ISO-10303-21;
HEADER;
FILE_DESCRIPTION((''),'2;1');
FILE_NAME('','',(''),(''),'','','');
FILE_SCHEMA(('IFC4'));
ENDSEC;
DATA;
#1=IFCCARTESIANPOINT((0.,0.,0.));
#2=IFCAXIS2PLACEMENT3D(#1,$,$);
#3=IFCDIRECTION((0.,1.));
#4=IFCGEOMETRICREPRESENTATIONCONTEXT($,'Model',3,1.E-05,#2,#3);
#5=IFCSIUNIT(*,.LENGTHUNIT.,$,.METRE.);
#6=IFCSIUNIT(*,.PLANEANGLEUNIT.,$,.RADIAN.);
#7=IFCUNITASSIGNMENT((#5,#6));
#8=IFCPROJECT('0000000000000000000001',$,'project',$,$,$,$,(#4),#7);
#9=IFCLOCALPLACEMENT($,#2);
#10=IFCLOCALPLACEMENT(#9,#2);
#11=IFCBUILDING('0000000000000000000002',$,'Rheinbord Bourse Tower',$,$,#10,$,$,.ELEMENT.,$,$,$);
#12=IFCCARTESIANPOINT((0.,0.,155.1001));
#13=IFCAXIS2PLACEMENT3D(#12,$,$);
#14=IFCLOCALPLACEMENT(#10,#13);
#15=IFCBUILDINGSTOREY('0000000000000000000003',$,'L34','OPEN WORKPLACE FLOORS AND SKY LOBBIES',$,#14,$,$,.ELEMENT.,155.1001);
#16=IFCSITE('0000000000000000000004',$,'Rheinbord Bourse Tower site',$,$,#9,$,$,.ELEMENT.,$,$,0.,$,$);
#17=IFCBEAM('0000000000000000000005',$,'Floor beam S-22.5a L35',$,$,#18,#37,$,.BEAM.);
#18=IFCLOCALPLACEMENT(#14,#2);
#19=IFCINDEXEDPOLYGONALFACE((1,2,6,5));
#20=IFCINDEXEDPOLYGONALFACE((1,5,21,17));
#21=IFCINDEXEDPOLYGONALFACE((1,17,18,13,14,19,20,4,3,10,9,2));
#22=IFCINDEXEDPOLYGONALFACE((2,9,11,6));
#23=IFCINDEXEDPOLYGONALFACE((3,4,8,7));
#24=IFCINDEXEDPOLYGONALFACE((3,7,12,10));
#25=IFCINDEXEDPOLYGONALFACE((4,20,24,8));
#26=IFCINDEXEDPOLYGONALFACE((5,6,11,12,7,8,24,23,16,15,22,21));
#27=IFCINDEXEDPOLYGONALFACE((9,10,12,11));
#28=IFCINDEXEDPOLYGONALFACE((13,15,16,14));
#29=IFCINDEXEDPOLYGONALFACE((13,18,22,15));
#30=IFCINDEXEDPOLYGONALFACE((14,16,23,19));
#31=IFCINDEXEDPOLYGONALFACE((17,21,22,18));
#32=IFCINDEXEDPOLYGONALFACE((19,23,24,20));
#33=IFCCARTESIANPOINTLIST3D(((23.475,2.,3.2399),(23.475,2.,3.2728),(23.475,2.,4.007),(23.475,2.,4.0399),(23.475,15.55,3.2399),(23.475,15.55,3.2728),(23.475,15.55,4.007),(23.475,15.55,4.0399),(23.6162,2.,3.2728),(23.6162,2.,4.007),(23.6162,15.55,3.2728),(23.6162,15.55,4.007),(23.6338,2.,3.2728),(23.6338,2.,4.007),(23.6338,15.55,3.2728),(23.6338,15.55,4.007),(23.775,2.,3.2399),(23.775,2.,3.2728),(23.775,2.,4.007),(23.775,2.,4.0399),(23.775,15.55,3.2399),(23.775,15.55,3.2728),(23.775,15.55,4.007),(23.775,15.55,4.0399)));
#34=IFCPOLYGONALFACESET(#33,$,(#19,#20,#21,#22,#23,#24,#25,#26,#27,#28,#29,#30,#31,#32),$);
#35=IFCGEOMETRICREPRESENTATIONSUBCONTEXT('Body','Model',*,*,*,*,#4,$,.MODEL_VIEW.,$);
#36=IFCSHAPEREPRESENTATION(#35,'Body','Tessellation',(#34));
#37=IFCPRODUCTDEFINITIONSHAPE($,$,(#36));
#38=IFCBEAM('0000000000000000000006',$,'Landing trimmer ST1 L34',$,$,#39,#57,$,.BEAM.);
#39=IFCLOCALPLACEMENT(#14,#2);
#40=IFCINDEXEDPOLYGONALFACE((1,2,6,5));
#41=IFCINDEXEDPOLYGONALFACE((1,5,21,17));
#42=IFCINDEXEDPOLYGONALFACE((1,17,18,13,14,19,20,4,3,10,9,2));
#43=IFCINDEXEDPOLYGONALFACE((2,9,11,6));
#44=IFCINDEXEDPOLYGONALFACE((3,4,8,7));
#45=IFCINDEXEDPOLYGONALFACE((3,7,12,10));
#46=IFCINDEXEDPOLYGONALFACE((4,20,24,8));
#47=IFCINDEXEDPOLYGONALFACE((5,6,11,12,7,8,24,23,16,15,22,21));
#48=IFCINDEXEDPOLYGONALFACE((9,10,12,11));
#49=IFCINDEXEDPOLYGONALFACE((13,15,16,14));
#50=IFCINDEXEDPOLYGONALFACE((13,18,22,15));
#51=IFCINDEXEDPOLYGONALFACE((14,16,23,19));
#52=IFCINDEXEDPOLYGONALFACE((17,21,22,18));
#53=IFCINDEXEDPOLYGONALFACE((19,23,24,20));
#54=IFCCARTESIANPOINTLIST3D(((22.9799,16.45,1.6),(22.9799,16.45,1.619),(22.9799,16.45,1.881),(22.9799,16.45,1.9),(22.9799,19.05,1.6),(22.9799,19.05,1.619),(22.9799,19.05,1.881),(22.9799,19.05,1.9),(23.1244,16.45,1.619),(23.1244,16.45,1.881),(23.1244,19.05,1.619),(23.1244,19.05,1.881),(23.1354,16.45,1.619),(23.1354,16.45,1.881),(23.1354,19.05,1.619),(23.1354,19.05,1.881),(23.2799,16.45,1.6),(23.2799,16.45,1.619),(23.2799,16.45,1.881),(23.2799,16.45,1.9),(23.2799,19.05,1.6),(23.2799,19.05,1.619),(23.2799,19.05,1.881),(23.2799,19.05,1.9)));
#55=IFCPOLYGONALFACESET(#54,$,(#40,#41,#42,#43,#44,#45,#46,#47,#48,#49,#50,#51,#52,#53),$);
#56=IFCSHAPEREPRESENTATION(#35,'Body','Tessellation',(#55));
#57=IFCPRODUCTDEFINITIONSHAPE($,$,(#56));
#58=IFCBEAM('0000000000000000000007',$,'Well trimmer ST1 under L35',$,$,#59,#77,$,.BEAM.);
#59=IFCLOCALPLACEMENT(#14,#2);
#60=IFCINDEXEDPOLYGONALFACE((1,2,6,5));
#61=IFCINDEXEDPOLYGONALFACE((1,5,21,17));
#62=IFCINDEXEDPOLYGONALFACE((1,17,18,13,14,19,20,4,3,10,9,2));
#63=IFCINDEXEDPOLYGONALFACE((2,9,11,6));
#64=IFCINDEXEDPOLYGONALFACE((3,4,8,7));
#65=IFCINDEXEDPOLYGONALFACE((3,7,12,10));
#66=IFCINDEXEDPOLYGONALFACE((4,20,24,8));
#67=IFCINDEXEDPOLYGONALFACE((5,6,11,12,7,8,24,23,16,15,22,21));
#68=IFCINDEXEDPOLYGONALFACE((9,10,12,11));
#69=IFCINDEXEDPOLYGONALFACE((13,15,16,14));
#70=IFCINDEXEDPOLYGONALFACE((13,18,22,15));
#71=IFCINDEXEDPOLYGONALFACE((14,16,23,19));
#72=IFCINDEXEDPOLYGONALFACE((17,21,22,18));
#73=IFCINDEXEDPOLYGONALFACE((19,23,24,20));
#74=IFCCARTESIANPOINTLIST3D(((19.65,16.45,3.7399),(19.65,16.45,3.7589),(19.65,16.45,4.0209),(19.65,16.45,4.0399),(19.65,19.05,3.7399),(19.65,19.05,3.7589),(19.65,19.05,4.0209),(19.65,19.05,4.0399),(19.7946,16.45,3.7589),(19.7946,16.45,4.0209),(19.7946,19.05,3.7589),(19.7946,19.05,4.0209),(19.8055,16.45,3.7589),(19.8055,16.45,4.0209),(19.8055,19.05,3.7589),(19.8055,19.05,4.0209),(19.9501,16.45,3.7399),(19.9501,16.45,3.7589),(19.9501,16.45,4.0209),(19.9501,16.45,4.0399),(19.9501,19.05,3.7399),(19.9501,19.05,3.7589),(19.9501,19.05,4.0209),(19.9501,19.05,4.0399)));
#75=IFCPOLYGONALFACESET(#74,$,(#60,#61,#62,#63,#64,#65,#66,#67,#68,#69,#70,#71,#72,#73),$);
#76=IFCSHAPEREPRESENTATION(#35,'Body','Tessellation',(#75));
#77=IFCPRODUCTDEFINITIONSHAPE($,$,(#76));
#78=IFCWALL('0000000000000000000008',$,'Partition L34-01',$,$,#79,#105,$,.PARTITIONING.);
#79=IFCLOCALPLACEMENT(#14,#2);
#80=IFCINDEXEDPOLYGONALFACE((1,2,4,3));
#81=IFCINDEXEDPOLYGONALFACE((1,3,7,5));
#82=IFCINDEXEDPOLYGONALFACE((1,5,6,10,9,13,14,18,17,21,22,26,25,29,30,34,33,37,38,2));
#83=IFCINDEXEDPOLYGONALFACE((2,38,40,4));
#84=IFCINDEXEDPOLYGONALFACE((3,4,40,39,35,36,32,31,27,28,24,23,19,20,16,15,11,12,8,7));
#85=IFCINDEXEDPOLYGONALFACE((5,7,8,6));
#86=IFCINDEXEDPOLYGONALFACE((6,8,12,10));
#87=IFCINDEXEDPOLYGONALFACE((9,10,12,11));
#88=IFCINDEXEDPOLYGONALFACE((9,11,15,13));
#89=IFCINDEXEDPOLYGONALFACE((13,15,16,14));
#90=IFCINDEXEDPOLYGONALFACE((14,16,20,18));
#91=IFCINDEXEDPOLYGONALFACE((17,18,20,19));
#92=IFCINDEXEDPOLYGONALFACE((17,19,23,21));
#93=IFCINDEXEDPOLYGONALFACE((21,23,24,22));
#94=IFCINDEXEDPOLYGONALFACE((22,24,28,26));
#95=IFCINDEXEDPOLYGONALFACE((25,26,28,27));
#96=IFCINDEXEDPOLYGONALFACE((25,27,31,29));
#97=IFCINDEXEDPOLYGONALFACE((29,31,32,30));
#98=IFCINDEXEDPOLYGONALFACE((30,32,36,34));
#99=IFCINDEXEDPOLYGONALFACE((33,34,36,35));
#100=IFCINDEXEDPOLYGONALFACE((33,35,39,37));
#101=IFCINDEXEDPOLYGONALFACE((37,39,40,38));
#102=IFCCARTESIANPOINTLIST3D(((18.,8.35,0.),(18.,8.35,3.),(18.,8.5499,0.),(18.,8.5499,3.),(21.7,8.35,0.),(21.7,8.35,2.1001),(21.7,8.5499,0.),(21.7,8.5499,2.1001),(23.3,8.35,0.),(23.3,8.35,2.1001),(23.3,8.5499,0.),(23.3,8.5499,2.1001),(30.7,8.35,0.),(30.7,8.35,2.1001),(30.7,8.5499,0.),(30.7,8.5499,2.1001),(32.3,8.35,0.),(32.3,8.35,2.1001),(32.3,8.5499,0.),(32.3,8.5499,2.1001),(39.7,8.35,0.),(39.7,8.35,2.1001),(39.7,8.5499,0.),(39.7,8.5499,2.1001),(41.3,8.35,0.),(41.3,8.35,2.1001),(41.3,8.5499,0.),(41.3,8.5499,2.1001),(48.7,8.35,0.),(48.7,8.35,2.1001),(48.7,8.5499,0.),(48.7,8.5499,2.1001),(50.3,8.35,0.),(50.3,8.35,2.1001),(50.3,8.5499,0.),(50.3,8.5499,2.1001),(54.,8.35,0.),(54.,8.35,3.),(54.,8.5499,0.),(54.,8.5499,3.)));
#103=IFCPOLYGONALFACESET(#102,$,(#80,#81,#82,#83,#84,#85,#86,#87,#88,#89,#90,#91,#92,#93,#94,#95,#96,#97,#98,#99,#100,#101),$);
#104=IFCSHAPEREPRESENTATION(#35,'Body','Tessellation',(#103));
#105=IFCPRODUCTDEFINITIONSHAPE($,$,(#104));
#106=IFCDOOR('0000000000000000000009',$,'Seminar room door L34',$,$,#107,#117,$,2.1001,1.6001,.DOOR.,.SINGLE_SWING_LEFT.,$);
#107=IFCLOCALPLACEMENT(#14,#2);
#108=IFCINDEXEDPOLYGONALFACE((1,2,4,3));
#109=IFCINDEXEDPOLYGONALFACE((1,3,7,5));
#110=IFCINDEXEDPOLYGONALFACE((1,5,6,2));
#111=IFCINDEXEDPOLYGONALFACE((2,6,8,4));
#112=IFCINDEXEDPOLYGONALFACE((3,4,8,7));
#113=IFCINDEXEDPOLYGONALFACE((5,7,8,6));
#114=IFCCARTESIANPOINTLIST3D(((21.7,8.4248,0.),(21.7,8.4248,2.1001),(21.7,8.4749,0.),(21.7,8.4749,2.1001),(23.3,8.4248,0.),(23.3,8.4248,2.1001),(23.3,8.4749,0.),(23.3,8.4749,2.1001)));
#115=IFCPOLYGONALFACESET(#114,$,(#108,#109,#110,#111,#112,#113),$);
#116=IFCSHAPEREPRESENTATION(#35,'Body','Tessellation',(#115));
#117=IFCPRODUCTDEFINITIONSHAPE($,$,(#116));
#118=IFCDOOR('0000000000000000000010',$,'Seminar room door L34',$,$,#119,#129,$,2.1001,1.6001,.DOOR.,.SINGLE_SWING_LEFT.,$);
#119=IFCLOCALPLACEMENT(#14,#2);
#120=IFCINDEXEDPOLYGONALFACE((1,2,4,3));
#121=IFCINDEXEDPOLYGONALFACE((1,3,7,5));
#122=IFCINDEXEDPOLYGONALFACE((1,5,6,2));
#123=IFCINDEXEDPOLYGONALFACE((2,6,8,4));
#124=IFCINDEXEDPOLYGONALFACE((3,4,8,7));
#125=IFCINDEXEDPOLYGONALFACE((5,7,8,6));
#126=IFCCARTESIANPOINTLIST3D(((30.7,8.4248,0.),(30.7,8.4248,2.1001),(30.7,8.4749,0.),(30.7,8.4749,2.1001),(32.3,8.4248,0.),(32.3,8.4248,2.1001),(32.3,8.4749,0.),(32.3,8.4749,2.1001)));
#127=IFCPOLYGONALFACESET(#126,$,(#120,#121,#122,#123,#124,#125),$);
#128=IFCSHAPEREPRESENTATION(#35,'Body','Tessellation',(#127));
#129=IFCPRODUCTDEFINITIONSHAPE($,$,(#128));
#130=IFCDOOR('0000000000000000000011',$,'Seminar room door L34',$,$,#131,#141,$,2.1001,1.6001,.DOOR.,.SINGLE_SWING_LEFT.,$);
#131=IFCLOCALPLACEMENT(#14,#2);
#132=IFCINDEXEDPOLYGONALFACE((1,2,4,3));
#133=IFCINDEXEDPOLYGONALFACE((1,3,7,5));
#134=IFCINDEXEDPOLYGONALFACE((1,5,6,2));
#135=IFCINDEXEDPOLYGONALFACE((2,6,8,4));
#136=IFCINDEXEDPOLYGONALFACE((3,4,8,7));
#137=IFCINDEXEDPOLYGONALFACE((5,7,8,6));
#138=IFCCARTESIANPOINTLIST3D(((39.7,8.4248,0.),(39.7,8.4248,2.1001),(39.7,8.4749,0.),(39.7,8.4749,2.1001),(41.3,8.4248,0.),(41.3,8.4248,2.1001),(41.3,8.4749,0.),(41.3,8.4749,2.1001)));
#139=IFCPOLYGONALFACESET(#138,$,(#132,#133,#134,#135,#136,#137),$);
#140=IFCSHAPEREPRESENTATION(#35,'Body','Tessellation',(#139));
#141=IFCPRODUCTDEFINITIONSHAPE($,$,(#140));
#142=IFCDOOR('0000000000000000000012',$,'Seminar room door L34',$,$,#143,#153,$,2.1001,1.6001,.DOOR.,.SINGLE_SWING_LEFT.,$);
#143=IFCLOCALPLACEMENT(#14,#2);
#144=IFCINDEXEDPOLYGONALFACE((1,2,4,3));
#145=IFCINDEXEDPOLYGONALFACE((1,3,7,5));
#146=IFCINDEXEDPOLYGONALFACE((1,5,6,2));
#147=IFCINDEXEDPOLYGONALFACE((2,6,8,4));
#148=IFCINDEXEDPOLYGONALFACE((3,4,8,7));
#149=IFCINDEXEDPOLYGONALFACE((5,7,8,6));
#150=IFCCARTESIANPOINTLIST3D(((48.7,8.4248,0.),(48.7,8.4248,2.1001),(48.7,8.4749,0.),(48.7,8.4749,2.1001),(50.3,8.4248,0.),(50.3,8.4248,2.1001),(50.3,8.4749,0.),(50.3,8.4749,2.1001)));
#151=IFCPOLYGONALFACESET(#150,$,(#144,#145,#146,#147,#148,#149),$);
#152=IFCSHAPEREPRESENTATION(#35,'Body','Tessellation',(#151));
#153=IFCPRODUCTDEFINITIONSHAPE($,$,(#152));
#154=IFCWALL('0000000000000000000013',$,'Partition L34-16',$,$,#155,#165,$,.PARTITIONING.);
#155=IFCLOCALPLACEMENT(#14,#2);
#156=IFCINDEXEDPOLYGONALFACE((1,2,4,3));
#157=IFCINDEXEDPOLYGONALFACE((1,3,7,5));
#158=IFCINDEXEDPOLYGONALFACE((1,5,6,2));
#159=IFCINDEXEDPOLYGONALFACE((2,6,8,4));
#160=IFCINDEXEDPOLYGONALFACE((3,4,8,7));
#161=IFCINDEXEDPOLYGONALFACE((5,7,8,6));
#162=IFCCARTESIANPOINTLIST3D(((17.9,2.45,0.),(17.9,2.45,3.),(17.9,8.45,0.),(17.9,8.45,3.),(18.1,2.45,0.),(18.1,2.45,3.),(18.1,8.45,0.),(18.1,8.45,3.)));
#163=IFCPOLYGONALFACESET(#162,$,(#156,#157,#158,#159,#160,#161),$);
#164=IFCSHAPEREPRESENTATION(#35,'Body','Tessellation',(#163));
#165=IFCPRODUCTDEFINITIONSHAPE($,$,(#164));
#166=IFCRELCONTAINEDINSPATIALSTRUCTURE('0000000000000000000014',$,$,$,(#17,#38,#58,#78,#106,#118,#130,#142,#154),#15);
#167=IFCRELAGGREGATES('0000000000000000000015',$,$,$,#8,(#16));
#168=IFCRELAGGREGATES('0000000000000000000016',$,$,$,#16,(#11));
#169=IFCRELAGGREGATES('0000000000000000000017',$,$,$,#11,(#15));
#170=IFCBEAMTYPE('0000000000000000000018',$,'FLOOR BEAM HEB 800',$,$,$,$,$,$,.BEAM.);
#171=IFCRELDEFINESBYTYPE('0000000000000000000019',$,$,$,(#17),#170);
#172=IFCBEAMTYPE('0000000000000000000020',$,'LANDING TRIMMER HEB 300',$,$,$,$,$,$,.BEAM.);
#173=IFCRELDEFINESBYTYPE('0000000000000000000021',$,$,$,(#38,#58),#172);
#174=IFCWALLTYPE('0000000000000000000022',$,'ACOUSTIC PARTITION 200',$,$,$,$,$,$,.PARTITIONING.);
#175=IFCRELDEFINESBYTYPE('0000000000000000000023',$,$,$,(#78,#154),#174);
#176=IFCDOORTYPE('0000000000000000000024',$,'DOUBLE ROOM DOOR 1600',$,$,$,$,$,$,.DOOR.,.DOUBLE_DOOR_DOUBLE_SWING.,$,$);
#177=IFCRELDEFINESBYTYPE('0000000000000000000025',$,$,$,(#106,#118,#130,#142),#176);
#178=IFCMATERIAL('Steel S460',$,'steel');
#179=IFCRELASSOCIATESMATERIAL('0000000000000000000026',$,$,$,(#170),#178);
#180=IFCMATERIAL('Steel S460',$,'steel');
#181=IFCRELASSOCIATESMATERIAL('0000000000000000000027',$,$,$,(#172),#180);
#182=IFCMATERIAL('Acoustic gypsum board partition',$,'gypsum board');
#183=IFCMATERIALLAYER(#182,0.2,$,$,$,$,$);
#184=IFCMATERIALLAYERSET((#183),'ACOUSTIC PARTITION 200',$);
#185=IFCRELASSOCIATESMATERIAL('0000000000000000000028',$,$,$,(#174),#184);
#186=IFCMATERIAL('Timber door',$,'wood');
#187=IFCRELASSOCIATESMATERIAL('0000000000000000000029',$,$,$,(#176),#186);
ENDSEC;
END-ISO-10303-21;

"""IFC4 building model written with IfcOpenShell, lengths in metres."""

from ifc_helpers import new_model, si_unit, direction, frame, frame_2d, origin, origin_2d, place, context, subcontext, project, spatial, rectangle, i_section, extrude, material, layer, layer_set, material_profile, profile_set, type_object, element, fill, save


model = new_model("IFC4")

# Units and contexts
model_context = context("Model", 3, precision=1e-05, world=origin(), true_north=direction((0.0, 1.0)))
body_context = subcontext(model_context, "Body", "Model", "MODEL_VIEW")
ifc_project = project(units=[si_unit("LENGTHUNIT", "METRE"), si_unit("PLANEANGLEUNIT", "RADIAN")], contexts=[model_context])

# Site, building, storey
site_placement = place(None, origin())
site = spatial("IfcSite", under=ifc_project, at=site_placement, Name="Rheinbord Bourse Tower site", CompositionType="ELEMENT", RefElevation=0.0)
building_placement = place(site_placement, origin())
building = spatial("IfcBuilding", under=site, at=building_placement, Name="Rheinbord Bourse Tower", CompositionType="ELEMENT")
storey_placement = place(building_placement, frame((0.0, 0.0, 155.1001)))
storey = spatial("IfcBuildingStorey", under=building, at=storey_placement, Name="L34", Description="OPEN WORKPLACE FLOORS AND SKY LOBBIES", CompositionType="ELEMENT", Elevation=155.1001)

# Beams
ifc_material_1 = material(Name="Steel S460", Category="steel")
ifc_material_profile_1 = material_profile(ifc_material_1, i_section(OverallWidth=0.3, OverallDepth=0.8, WebThickness=0.0176, FlangeThickness=0.033, at=origin_2d()), Name="HEB 800")
ifc_profile_set_1 = profile_set([ifc_material_profile_1], Name="Steel S460")
beam_type_1 = type_object("IfcBeamType", Name="FLOOR BEAM HEB 800", PredefinedType="BEAM", material=ifc_profile_set_1)
beam_placement = place(storey_placement, frame((23.625, 2.0, 3.6399), z_axis=(0.0, 1.0, 0.0), x_axis=(-1.0, 0.0, 0.0)))
element("IfcBeam", 1, at=beam_placement, inside=storey, type_object=beam_type_1, Name="Floor beam S-22.5a L35", PredefinedType="BEAM", context=body_context, shape_type="SweptSolid", body=[
    extrude(i_section(OverallWidth=0.3, OverallDepth=0.8, WebThickness=0.0176, FlangeThickness=0.033, at=origin_2d()), origin(), (0.0, 0.0, 1.0), 13.55),
])
ifc_material_2 = material(Name="Steel S460", Category="steel")
ifc_material_profile_2 = material_profile(ifc_material_2, i_section(OverallWidth=0.3, OverallDepth=0.3, WebThickness=0.011, FlangeThickness=0.019, at=origin_2d()), Name="HEB 300")
ifc_profile_set_2 = profile_set([ifc_material_profile_2], Name="Steel S460")
beam_type_2 = type_object("IfcBeamType", Name="LANDING TRIMMER HEB 300", PredefinedType="BEAM", material=ifc_profile_set_2)
for number, where, z_axis, x_axis, name in (
    (2, (23.1299, 16.45, 1.75), (0.0, 1.0, 0.0), (-1.0, 0.0, 0.0), "Landing trimmer ST1 L34"),
    (3, (19.8, 16.45, 3.8899), (0.0, 1.0, 0.0), (-1.0, 0.0, 0.0), "Well trimmer ST1 under L35"),
):
    element("IfcBeam", number, at=place(storey_placement, frame(where, z_axis=z_axis, x_axis=x_axis)), inside=storey, type_object=beam_type_2, Name=name, PredefinedType="BEAM", context=body_context, shape_type="SweptSolid", body=[
        extrude(i_section(OverallWidth=0.3, OverallDepth=0.3, WebThickness=0.011, FlangeThickness=0.019, at=origin_2d()), origin(), (0.0, 0.0, 1.0), 2.6001),
    ])

# Wall, openings, doors
ifc_material_3 = material(Name="Acoustic gypsum board partition", Category="gypsum board")
ifc_layer_1 = layer(ifc_material_3, 0.2)
ifc_layer_set_1 = layer_set([ifc_layer_1], Name="ACOUSTIC PARTITION 200")
wall_type_1 = type_object("IfcWallType", Name="ACOUSTIC PARTITION 200", PredefinedType="PARTITIONING", material=ifc_layer_set_1)
wall_1_placement = place(storey_placement, frame((18.0, 8.45, 0.0), z_axis=(0.0, 0.0, 1.0), x_axis=(1.0, 0.0, 0.0)))
wall_1 = element("IfcWall", 4, at=wall_1_placement, inside=storey, type_object=wall_type_1, Name="Partition L34-01", PredefinedType="PARTITIONING", context=body_context, shape_type="SweptSolid", body=[
    extrude(rectangle(XDim=36.0, YDim=0.2, at=frame_2d((18.0, 0.0))), origin(), (0.0, 0.0, 1.0), 3.0),
])
opening_1_placement = place(wall_1_placement, frame((3.7, 0.0, 0.0)))
opening_1 = element("IfcOpeningElement", 5, at=opening_1_placement, cuts=wall_1, PredefinedType="OPENING", context=body_context, shape_type="SweptSolid", body=[
    extrude(rectangle(XDim=1.6001, YDim=2.1001, at=frame_2d((0.8, 1.05))), frame((0.0, 0.1099, 0.0), z_axis=(0.0, -1.0, 0.0), x_axis=(1.0, 0.0, 0.0)), (0.0, 0.0, 1.0), 0.22),
])
opening_2_placement = place(wall_1_placement, frame((12.7, 0.0, 0.0)))
opening_2 = element("IfcOpeningElement", 6, at=opening_2_placement, cuts=wall_1, PredefinedType="OPENING", context=body_context, shape_type="SweptSolid", body=[
    extrude(rectangle(XDim=1.6001, YDim=2.1001, at=frame_2d((0.8, 1.05))), frame((0.0, 0.1099, 0.0), z_axis=(0.0, -1.0, 0.0), x_axis=(1.0, 0.0, 0.0)), (0.0, 0.0, 1.0), 0.22),
])
opening_3_placement = place(wall_1_placement, frame((21.7, 0.0, 0.0)))
opening_3 = element("IfcOpeningElement", 7, at=opening_3_placement, cuts=wall_1, PredefinedType="OPENING", context=body_context, shape_type="SweptSolid", body=[
    extrude(rectangle(XDim=1.6001, YDim=2.1001, at=frame_2d((0.8, 1.05))), frame((0.0, 0.1099, 0.0), z_axis=(0.0, -1.0, 0.0), x_axis=(1.0, 0.0, 0.0)), (0.0, 0.0, 1.0), 0.22),
])
opening_4_placement = place(wall_1_placement, frame((30.7, 0.0, 0.0)))
opening_4 = element("IfcOpeningElement", 8, at=opening_4_placement, cuts=wall_1, PredefinedType="OPENING", context=body_context, shape_type="SweptSolid", body=[
    extrude(rectangle(XDim=1.6001, YDim=2.1001, at=frame_2d((0.8, 1.05))), frame((0.0, 0.1099, 0.0), z_axis=(0.0, -1.0, 0.0), x_axis=(1.0, 0.0, 0.0)), (0.0, 0.0, 1.0), 0.22),
])
ifc_material_4 = material(Name="Timber door", Category="wood")
door_type_1 = type_object("IfcDoorType", Name="DOUBLE ROOM DOOR 1600", OperationType="DOUBLE_DOOR_DOUBLE_SWING", PredefinedType="DOOR", material=ifc_material_4)
door_1_placement = place(opening_1_placement, origin())
door_1 = element("IfcDoor", 9, at=door_1_placement, inside=storey, type_object=door_type_1, Name="Seminar room door L34", OperationType="SINGLE_SWING_LEFT", OverallHeight=2.1001, OverallWidth=1.6001, PredefinedType="DOOR", context=body_context, shape_type="SweptSolid", body=[
    extrude(rectangle(XDim=1.6001, YDim=2.1001, at=frame_2d((0.8, 1.05))), frame((0.0, 0.0249, 0.0), z_axis=(0.0, -1.0, 0.0), x_axis=(1.0, 0.0, 0.0)), (0.0, 0.0, 1.0), 0.05),
])
fill(opening_1, door_1)
door_2_placement = place(opening_2_placement, origin())
door_2 = element("IfcDoor", 10, at=door_2_placement, inside=storey, type_object=door_type_1, Name="Seminar room door L34", OperationType="SINGLE_SWING_LEFT", OverallHeight=2.1001, OverallWidth=1.6001, PredefinedType="DOOR", context=body_context, shape_type="SweptSolid", body=[
    extrude(rectangle(XDim=1.6001, YDim=2.1001, at=frame_2d((0.8, 1.05))), frame((0.0, 0.0249, 0.0), z_axis=(0.0, -1.0, 0.0), x_axis=(1.0, 0.0, 0.0)), (0.0, 0.0, 1.0), 0.05),
])
fill(opening_2, door_2)
door_3_placement = place(opening_3_placement, origin())
door_3 = element("IfcDoor", 11, at=door_3_placement, inside=storey, type_object=door_type_1, Name="Seminar room door L34", OperationType="SINGLE_SWING_LEFT", OverallHeight=2.1001, OverallWidth=1.6001, PredefinedType="DOOR", context=body_context, shape_type="SweptSolid", body=[
    extrude(rectangle(XDim=1.6001, YDim=2.1001, at=frame_2d((0.8, 1.05))), frame((0.0, 0.0249, 0.0), z_axis=(0.0, -1.0, 0.0), x_axis=(1.0, 0.0, 0.0)), (0.0, 0.0, 1.0), 0.05),
])
fill(opening_3, door_3)
door_4_placement = place(opening_4_placement, origin())
door_4 = element("IfcDoor", 12, at=door_4_placement, inside=storey, type_object=door_type_1, Name="Seminar room door L34", OperationType="SINGLE_SWING_LEFT", OverallHeight=2.1001, OverallWidth=1.6001, PredefinedType="DOOR", context=body_context, shape_type="SweptSolid", body=[
    extrude(rectangle(XDim=1.6001, YDim=2.1001, at=frame_2d((0.8, 1.05))), frame((0.0, 0.0249, 0.0), z_axis=(0.0, -1.0, 0.0), x_axis=(1.0, 0.0, 0.0)), (0.0, 0.0, 1.0), 0.05),
])
fill(opening_4, door_4)

# Wall
wall_2_placement = place(storey_placement, frame((18.0, 2.45, 0.0), z_axis=(0.0, 0.0, 1.0), x_axis=(0.0, 1.0, 0.0)))
element("IfcWall", 13, at=wall_2_placement, inside=storey, type_object=wall_type_1, Name="Partition L34-16", PredefinedType="PARTITIONING", context=body_context, shape_type="SweptSolid", body=[
    extrude(rectangle(XDim=6.0, YDim=0.2, at=frame_2d((3.0, 0.0))), origin(), (0.0, 0.0, 1.0), 3.0),
])

save(model, "model.ifc")
